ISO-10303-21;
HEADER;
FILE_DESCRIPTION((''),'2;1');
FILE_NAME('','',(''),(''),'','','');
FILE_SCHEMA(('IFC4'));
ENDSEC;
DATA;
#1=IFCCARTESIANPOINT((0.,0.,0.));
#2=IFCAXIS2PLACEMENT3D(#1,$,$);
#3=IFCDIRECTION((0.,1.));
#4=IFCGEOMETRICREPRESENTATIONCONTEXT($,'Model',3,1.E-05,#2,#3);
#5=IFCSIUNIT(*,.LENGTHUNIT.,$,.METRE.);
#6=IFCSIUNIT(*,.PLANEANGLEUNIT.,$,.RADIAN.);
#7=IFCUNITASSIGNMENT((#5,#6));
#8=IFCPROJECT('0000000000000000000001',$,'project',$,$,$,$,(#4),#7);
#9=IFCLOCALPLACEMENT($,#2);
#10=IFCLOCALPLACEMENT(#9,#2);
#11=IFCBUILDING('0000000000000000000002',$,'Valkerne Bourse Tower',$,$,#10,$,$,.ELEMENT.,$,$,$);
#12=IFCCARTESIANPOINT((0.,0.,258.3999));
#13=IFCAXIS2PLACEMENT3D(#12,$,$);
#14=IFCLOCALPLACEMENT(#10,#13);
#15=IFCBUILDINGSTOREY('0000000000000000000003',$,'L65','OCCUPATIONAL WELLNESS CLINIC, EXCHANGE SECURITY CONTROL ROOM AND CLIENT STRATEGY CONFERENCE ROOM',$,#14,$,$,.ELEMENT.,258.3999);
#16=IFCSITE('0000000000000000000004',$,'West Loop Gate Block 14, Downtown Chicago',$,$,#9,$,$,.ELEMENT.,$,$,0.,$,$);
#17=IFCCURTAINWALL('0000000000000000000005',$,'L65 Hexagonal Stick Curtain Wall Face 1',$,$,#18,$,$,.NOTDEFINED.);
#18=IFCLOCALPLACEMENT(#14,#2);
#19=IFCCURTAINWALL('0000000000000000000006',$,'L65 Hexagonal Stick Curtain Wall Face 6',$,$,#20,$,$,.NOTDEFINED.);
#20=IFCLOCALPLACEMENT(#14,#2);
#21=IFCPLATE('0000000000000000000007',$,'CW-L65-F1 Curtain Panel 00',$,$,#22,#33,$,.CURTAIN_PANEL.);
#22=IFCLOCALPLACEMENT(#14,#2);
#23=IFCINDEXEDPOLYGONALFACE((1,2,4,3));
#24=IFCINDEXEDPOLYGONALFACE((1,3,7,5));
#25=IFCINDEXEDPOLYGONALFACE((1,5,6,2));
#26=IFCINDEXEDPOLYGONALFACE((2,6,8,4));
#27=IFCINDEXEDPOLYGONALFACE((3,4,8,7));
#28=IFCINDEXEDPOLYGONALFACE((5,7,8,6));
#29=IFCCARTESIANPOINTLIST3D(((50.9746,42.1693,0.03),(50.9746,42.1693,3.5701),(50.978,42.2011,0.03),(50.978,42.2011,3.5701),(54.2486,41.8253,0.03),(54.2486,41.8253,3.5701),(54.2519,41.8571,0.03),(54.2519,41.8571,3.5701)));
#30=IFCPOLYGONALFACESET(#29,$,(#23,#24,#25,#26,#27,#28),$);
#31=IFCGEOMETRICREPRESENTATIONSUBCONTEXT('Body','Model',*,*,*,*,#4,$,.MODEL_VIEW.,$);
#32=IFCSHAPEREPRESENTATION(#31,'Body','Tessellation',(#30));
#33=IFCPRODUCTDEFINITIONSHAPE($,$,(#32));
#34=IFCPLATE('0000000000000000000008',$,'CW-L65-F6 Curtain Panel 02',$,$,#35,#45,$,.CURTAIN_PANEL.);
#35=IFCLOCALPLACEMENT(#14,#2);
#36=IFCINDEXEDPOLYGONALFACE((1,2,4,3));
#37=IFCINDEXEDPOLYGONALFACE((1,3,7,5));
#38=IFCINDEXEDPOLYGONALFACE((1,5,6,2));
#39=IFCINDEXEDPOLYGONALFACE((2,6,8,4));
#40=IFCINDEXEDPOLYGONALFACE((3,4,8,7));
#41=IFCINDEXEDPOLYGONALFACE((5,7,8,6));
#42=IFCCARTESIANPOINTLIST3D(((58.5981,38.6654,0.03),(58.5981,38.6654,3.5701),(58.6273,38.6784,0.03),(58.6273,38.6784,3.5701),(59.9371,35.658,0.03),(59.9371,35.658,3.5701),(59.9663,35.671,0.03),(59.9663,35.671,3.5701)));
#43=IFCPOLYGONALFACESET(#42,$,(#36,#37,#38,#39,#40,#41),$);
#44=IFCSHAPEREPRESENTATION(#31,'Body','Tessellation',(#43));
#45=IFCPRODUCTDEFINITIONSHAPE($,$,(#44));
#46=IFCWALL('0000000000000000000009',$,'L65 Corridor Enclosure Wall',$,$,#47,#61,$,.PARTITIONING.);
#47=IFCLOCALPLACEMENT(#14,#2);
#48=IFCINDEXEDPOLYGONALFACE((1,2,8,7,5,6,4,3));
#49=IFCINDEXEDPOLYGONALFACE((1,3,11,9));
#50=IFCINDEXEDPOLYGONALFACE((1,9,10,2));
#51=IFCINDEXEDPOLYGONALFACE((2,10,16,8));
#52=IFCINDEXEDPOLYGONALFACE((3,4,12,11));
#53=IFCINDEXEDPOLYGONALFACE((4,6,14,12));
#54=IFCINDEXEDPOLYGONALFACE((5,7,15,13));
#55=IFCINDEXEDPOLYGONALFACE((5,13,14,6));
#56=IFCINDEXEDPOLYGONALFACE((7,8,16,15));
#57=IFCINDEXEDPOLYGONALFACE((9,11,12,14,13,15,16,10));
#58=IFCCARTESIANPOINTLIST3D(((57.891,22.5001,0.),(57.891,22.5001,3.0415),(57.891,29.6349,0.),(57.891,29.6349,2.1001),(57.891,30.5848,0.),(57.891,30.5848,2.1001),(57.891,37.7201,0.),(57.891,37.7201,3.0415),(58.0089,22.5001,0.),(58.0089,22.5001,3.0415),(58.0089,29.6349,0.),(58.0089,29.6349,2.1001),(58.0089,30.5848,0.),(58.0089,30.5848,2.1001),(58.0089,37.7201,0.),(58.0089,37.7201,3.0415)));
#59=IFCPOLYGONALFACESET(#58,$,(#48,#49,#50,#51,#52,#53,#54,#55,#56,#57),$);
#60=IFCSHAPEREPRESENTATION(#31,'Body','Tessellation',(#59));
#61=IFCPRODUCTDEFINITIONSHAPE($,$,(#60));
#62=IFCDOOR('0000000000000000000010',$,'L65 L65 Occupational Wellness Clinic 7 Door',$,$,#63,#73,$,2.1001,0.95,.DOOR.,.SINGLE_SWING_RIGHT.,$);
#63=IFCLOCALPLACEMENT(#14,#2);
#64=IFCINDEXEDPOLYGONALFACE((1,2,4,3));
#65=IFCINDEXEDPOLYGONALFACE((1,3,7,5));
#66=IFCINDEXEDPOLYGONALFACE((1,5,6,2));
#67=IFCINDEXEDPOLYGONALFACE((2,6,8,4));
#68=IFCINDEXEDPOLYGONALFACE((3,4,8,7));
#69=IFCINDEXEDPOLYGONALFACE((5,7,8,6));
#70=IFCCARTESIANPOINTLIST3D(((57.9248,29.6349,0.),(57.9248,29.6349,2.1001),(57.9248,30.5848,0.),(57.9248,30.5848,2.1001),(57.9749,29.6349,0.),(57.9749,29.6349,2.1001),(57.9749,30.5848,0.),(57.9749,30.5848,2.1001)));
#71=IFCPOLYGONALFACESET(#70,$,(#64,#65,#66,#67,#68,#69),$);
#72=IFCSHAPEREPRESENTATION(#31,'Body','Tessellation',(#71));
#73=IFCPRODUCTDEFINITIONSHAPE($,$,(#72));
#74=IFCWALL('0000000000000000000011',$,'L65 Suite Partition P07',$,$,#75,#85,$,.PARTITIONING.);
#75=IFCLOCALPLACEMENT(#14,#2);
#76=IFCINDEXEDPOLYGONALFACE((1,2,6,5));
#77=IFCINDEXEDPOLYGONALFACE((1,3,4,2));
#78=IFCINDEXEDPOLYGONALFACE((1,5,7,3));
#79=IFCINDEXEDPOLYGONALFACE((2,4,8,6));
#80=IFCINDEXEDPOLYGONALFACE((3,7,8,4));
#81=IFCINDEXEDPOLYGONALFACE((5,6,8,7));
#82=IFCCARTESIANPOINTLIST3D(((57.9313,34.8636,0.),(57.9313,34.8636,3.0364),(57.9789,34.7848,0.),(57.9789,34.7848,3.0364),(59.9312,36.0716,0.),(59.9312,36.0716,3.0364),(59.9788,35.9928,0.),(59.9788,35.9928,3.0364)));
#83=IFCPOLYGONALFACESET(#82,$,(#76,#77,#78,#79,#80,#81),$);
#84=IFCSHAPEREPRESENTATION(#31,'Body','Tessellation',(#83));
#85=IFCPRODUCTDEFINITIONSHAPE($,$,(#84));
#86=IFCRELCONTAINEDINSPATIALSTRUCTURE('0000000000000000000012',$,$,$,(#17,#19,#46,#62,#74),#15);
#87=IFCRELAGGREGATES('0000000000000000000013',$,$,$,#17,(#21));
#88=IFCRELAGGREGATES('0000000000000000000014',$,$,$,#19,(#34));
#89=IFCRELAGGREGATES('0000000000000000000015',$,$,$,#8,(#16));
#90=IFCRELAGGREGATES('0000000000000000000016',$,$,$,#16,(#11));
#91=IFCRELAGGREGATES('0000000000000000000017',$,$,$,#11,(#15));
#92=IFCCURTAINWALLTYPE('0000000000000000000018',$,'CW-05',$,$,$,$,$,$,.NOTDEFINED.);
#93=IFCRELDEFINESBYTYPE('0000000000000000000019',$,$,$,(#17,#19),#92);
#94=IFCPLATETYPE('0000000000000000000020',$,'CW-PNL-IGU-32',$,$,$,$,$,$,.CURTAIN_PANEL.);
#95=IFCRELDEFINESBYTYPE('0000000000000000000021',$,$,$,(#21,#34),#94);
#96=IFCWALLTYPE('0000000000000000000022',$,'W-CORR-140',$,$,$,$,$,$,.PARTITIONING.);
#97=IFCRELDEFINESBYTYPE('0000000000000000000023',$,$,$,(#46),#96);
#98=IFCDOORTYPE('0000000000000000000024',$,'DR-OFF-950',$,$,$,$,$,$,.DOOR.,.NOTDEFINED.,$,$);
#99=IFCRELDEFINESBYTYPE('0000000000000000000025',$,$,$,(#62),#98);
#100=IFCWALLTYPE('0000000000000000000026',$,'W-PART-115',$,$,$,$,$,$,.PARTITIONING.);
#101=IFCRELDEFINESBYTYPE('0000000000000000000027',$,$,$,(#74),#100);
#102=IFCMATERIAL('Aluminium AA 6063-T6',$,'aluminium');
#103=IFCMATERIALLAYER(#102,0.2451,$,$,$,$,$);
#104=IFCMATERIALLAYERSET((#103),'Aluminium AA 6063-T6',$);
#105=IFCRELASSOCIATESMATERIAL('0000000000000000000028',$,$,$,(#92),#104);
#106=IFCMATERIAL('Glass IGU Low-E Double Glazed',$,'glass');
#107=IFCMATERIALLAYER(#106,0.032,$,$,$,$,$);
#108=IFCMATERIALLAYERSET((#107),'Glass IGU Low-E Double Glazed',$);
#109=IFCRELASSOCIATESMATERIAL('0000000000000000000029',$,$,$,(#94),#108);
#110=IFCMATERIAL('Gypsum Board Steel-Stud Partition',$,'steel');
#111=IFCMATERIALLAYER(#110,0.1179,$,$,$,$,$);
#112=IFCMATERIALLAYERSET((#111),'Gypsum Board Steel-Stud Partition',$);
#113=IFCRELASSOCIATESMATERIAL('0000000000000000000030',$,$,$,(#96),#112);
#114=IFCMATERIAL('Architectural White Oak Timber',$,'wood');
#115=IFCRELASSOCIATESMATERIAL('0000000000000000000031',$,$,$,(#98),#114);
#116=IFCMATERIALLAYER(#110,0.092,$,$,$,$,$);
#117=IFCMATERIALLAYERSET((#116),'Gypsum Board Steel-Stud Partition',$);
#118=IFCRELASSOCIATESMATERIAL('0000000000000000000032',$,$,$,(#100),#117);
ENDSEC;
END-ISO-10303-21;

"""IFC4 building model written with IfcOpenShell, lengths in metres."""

from ifc_helpers import new_model, si_unit, direction, frame, frame_2d, origin, origin_2d, place, context, subcontext, project, spatial, rectangle, extrude, material, layer, layer_set, type_object, element, fill, aggregate, save


model = new_model("IFC4")

# Units and contexts
model_context = context("Model", 3, precision=1e-05, world=origin(), true_north=direction((0.0, 1.0)))
body_context = subcontext(model_context, "Body", "Model", "MODEL_VIEW")
ifc_project = project(units=[si_unit("LENGTHUNIT", "METRE"), si_unit("PLANEANGLEUNIT", "RADIAN")], contexts=[model_context])

# Site, building, storey
site_placement = place(None, origin())
site = spatial("IfcSite", under=ifc_project, at=site_placement, Name="West Loop Gate Block 14, Downtown Chicago", CompositionType="ELEMENT", RefElevation=0.0)
building_placement = place(site_placement, origin())
building = spatial("IfcBuilding", under=site, at=building_placement, Name="Valkerne Bourse Tower", CompositionType="ELEMENT")
storey_placement = place(building_placement, frame((0.0, 0.0, 258.3999)))
storey = spatial("IfcBuildingStorey", under=building, at=storey_placement, Name="L65", Description="OCCUPATIONAL WELLNESS CLINIC, EXCHANGE SECURITY CONTROL ROOM AND CLIENT STRATEGY CONFERENCE ROOM", CompositionType="ELEMENT", Elevation=258.3999)

# Curtain wall
ifc_material_1 = material(Name="Aluminium AA 6063-T6", Category="aluminium")
ifc_layer_1 = layer(ifc_material_1, 0.2451)
ifc_layer_set_1 = layer_set([ifc_layer_1], Name="Aluminium AA 6063-T6")
curtain_wall_type = type_object("IfcCurtainWallType", Name="CW-05", PredefinedType="NOTDEFINED", material=ifc_layer_set_1)
curtain_wall_1_placement = place(storey_placement, origin())
curtain_wall_1 = element("IfcCurtainWall", 1, at=curtain_wall_1_placement, inside=storey, type_object=curtain_wall_type, Name="L65 Hexagonal Stick Curtain Wall Face 1", PredefinedType="NOTDEFINED")

# Curtain wall
curtain_wall_2_placement = place(storey_placement, origin())
curtain_wall_2 = element("IfcCurtainWall", 2, at=curtain_wall_2_placement, inside=storey, type_object=curtain_wall_type, Name="L65 Hexagonal Stick Curtain Wall Face 6", PredefinedType="NOTDEFINED")

# Plates
ifc_material_2 = material(Name="Glass IGU Low-E Double Glazed", Category="glass")
ifc_layer_2 = layer(ifc_material_2, 0.032)
ifc_layer_set_2 = layer_set([ifc_layer_2], Name="Glass IGU Low-E Double Glazed")
plate_type = type_object("IfcPlateType", Name="CW-PNL-IGU-32", PredefinedType="CURTAIN_PANEL", material=ifc_layer_set_2)
plate_1_placement = place(storey_placement, frame((52.6133, 42.0132, 0.03), z_axis=(0.0, 0.0, 1.0), x_axis=(-0.994524, 0.104512, 0.0)))
plate_1 = element("IfcPlate", 3, at=plate_1_placement, type_object=plate_type, Name="CW-L65-F1 Curtain Panel 00", PredefinedType="CURTAIN_PANEL", context=body_context, shape_type="SweptSolid", body=[
    extrude(rectangle(XDim=3.292, YDim=0.032, at=origin_2d()), origin(), (0.0, 0.0, 1.0), 3.54),
])
aggregate(curtain_wall_1, [plate_1])
plate_2_placement = place(storey_placement, frame((59.2822, 37.1682, 0.03), z_axis=(0.0, 0.0, 1.0), x_axis=(-0.406738, 0.913545, 0.0)))
plate_2 = element("IfcPlate", 4, at=plate_2_placement, type_object=plate_type, Name="CW-L65-F6 Curtain Panel 02", PredefinedType="CURTAIN_PANEL", context=body_context, shape_type="SweptSolid", body=[
    extrude(rectangle(XDim=3.292, YDim=0.032, at=origin_2d()), origin(), (0.0, 0.0, 1.0), 3.54),
])
aggregate(curtain_wall_2, [plate_2])

# Wall, opening, door
ifc_material_3 = material(Name="Gypsum Board Steel-Stud Partition", Category="steel")
ifc_layer_3 = layer(ifc_material_3, 0.1179)
ifc_layer_set_3 = layer_set([ifc_layer_3], Name="Gypsum Board Steel-Stud Partition")
wall_type_1 = type_object("IfcWallType", Name="W-CORR-140", PredefinedType="PARTITIONING", material=ifc_layer_set_3)
wall_1_placement = place(storey_placement, frame((57.95, 37.72, 0.0), z_axis=(0.0, 0.0, 1.0), x_axis=(0.0, -1.0, 0.0)))
wall_1 = element("IfcWall", 5, at=wall_1_placement, inside=storey, type_object=wall_type_1, Name="L65 Corridor Enclosure Wall", PredefinedType="PARTITIONING", context=body_context, shape_type="SweptSolid", body=[
    extrude(rectangle(XDim=15.22, YDim=0.1179, at=frame_2d((7.6099, 0.0))), origin(), (0.0, 0.0, 1.0), 3.0415),
])
opening_placement = place(wall_1_placement, frame((7.135, 0.0, 0.0)))
opening = element("IfcOpeningElement", 6, at=opening_placement, cuts=wall_1, PredefinedType="OPENING", context=body_context, shape_type="SweptSolid", body=[
    extrude(rectangle(XDim=0.95, YDim=2.1001, at=frame_2d((0.4751, 1.05))), frame((0.0, 0.0688, 0.0), z_axis=(0.0, -1.0, 0.0), x_axis=(1.0, 0.0, 0.0)), (0.0, 0.0, 1.0), 0.1379),
])
ifc_material_4 = material(Name="Architectural White Oak Timber", Category="wood")
door_type = type_object("IfcDoorType", Name="DR-OFF-950", OperationType="NOTDEFINED", PredefinedType="DOOR", material=ifc_material_4)
door_placement = place(opening_placement, origin())
door = element("IfcDoor", 7, at=door_placement, inside=storey, type_object=door_type, Name="L65 L65 Occupational Wellness Clinic 7 Door", OperationType="SINGLE_SWING_RIGHT", OverallHeight=2.1001, OverallWidth=0.95, PredefinedType="DOOR", context=body_context, shape_type="SweptSolid", body=[
    extrude(rectangle(XDim=0.95, YDim=2.1001, at=frame_2d((0.4751, 1.05))), frame((0.0, 0.0249, 0.0), z_axis=(0.0, -1.0, 0.0), x_axis=(1.0, 0.0, 0.0)), (0.0, 0.0, 1.0), 0.05),
])
fill(opening, door)

# Wall
ifc_layer_4 = layer(ifc_material_3, 0.092)
ifc_layer_set_4 = layer_set([ifc_layer_4], Name="Gypsum Board Steel-Stud Partition")
wall_type_2 = type_object("IfcWallType", Name="W-PART-115", PredefinedType="PARTITIONING", material=ifc_layer_set_4)
wall_2_placement = place(storey_placement, frame((57.9551, 34.8242, 0.0), z_axis=(0.0, 0.0, 1.0), x_axis=(0.855977, 0.517014, 0.0)))
element("IfcWall", 8, at=wall_2_placement, inside=storey, type_object=wall_type_2, Name="L65 Suite Partition P07", PredefinedType="PARTITIONING", context=body_context, shape_type="SweptSolid", body=[
    extrude(rectangle(XDim=2.3364, YDim=0.092, at=frame_2d((1.1682, 0.0))), origin(), (0.0, 0.0, 1.0), 3.0364),
])

save(model, "model.ifc")
